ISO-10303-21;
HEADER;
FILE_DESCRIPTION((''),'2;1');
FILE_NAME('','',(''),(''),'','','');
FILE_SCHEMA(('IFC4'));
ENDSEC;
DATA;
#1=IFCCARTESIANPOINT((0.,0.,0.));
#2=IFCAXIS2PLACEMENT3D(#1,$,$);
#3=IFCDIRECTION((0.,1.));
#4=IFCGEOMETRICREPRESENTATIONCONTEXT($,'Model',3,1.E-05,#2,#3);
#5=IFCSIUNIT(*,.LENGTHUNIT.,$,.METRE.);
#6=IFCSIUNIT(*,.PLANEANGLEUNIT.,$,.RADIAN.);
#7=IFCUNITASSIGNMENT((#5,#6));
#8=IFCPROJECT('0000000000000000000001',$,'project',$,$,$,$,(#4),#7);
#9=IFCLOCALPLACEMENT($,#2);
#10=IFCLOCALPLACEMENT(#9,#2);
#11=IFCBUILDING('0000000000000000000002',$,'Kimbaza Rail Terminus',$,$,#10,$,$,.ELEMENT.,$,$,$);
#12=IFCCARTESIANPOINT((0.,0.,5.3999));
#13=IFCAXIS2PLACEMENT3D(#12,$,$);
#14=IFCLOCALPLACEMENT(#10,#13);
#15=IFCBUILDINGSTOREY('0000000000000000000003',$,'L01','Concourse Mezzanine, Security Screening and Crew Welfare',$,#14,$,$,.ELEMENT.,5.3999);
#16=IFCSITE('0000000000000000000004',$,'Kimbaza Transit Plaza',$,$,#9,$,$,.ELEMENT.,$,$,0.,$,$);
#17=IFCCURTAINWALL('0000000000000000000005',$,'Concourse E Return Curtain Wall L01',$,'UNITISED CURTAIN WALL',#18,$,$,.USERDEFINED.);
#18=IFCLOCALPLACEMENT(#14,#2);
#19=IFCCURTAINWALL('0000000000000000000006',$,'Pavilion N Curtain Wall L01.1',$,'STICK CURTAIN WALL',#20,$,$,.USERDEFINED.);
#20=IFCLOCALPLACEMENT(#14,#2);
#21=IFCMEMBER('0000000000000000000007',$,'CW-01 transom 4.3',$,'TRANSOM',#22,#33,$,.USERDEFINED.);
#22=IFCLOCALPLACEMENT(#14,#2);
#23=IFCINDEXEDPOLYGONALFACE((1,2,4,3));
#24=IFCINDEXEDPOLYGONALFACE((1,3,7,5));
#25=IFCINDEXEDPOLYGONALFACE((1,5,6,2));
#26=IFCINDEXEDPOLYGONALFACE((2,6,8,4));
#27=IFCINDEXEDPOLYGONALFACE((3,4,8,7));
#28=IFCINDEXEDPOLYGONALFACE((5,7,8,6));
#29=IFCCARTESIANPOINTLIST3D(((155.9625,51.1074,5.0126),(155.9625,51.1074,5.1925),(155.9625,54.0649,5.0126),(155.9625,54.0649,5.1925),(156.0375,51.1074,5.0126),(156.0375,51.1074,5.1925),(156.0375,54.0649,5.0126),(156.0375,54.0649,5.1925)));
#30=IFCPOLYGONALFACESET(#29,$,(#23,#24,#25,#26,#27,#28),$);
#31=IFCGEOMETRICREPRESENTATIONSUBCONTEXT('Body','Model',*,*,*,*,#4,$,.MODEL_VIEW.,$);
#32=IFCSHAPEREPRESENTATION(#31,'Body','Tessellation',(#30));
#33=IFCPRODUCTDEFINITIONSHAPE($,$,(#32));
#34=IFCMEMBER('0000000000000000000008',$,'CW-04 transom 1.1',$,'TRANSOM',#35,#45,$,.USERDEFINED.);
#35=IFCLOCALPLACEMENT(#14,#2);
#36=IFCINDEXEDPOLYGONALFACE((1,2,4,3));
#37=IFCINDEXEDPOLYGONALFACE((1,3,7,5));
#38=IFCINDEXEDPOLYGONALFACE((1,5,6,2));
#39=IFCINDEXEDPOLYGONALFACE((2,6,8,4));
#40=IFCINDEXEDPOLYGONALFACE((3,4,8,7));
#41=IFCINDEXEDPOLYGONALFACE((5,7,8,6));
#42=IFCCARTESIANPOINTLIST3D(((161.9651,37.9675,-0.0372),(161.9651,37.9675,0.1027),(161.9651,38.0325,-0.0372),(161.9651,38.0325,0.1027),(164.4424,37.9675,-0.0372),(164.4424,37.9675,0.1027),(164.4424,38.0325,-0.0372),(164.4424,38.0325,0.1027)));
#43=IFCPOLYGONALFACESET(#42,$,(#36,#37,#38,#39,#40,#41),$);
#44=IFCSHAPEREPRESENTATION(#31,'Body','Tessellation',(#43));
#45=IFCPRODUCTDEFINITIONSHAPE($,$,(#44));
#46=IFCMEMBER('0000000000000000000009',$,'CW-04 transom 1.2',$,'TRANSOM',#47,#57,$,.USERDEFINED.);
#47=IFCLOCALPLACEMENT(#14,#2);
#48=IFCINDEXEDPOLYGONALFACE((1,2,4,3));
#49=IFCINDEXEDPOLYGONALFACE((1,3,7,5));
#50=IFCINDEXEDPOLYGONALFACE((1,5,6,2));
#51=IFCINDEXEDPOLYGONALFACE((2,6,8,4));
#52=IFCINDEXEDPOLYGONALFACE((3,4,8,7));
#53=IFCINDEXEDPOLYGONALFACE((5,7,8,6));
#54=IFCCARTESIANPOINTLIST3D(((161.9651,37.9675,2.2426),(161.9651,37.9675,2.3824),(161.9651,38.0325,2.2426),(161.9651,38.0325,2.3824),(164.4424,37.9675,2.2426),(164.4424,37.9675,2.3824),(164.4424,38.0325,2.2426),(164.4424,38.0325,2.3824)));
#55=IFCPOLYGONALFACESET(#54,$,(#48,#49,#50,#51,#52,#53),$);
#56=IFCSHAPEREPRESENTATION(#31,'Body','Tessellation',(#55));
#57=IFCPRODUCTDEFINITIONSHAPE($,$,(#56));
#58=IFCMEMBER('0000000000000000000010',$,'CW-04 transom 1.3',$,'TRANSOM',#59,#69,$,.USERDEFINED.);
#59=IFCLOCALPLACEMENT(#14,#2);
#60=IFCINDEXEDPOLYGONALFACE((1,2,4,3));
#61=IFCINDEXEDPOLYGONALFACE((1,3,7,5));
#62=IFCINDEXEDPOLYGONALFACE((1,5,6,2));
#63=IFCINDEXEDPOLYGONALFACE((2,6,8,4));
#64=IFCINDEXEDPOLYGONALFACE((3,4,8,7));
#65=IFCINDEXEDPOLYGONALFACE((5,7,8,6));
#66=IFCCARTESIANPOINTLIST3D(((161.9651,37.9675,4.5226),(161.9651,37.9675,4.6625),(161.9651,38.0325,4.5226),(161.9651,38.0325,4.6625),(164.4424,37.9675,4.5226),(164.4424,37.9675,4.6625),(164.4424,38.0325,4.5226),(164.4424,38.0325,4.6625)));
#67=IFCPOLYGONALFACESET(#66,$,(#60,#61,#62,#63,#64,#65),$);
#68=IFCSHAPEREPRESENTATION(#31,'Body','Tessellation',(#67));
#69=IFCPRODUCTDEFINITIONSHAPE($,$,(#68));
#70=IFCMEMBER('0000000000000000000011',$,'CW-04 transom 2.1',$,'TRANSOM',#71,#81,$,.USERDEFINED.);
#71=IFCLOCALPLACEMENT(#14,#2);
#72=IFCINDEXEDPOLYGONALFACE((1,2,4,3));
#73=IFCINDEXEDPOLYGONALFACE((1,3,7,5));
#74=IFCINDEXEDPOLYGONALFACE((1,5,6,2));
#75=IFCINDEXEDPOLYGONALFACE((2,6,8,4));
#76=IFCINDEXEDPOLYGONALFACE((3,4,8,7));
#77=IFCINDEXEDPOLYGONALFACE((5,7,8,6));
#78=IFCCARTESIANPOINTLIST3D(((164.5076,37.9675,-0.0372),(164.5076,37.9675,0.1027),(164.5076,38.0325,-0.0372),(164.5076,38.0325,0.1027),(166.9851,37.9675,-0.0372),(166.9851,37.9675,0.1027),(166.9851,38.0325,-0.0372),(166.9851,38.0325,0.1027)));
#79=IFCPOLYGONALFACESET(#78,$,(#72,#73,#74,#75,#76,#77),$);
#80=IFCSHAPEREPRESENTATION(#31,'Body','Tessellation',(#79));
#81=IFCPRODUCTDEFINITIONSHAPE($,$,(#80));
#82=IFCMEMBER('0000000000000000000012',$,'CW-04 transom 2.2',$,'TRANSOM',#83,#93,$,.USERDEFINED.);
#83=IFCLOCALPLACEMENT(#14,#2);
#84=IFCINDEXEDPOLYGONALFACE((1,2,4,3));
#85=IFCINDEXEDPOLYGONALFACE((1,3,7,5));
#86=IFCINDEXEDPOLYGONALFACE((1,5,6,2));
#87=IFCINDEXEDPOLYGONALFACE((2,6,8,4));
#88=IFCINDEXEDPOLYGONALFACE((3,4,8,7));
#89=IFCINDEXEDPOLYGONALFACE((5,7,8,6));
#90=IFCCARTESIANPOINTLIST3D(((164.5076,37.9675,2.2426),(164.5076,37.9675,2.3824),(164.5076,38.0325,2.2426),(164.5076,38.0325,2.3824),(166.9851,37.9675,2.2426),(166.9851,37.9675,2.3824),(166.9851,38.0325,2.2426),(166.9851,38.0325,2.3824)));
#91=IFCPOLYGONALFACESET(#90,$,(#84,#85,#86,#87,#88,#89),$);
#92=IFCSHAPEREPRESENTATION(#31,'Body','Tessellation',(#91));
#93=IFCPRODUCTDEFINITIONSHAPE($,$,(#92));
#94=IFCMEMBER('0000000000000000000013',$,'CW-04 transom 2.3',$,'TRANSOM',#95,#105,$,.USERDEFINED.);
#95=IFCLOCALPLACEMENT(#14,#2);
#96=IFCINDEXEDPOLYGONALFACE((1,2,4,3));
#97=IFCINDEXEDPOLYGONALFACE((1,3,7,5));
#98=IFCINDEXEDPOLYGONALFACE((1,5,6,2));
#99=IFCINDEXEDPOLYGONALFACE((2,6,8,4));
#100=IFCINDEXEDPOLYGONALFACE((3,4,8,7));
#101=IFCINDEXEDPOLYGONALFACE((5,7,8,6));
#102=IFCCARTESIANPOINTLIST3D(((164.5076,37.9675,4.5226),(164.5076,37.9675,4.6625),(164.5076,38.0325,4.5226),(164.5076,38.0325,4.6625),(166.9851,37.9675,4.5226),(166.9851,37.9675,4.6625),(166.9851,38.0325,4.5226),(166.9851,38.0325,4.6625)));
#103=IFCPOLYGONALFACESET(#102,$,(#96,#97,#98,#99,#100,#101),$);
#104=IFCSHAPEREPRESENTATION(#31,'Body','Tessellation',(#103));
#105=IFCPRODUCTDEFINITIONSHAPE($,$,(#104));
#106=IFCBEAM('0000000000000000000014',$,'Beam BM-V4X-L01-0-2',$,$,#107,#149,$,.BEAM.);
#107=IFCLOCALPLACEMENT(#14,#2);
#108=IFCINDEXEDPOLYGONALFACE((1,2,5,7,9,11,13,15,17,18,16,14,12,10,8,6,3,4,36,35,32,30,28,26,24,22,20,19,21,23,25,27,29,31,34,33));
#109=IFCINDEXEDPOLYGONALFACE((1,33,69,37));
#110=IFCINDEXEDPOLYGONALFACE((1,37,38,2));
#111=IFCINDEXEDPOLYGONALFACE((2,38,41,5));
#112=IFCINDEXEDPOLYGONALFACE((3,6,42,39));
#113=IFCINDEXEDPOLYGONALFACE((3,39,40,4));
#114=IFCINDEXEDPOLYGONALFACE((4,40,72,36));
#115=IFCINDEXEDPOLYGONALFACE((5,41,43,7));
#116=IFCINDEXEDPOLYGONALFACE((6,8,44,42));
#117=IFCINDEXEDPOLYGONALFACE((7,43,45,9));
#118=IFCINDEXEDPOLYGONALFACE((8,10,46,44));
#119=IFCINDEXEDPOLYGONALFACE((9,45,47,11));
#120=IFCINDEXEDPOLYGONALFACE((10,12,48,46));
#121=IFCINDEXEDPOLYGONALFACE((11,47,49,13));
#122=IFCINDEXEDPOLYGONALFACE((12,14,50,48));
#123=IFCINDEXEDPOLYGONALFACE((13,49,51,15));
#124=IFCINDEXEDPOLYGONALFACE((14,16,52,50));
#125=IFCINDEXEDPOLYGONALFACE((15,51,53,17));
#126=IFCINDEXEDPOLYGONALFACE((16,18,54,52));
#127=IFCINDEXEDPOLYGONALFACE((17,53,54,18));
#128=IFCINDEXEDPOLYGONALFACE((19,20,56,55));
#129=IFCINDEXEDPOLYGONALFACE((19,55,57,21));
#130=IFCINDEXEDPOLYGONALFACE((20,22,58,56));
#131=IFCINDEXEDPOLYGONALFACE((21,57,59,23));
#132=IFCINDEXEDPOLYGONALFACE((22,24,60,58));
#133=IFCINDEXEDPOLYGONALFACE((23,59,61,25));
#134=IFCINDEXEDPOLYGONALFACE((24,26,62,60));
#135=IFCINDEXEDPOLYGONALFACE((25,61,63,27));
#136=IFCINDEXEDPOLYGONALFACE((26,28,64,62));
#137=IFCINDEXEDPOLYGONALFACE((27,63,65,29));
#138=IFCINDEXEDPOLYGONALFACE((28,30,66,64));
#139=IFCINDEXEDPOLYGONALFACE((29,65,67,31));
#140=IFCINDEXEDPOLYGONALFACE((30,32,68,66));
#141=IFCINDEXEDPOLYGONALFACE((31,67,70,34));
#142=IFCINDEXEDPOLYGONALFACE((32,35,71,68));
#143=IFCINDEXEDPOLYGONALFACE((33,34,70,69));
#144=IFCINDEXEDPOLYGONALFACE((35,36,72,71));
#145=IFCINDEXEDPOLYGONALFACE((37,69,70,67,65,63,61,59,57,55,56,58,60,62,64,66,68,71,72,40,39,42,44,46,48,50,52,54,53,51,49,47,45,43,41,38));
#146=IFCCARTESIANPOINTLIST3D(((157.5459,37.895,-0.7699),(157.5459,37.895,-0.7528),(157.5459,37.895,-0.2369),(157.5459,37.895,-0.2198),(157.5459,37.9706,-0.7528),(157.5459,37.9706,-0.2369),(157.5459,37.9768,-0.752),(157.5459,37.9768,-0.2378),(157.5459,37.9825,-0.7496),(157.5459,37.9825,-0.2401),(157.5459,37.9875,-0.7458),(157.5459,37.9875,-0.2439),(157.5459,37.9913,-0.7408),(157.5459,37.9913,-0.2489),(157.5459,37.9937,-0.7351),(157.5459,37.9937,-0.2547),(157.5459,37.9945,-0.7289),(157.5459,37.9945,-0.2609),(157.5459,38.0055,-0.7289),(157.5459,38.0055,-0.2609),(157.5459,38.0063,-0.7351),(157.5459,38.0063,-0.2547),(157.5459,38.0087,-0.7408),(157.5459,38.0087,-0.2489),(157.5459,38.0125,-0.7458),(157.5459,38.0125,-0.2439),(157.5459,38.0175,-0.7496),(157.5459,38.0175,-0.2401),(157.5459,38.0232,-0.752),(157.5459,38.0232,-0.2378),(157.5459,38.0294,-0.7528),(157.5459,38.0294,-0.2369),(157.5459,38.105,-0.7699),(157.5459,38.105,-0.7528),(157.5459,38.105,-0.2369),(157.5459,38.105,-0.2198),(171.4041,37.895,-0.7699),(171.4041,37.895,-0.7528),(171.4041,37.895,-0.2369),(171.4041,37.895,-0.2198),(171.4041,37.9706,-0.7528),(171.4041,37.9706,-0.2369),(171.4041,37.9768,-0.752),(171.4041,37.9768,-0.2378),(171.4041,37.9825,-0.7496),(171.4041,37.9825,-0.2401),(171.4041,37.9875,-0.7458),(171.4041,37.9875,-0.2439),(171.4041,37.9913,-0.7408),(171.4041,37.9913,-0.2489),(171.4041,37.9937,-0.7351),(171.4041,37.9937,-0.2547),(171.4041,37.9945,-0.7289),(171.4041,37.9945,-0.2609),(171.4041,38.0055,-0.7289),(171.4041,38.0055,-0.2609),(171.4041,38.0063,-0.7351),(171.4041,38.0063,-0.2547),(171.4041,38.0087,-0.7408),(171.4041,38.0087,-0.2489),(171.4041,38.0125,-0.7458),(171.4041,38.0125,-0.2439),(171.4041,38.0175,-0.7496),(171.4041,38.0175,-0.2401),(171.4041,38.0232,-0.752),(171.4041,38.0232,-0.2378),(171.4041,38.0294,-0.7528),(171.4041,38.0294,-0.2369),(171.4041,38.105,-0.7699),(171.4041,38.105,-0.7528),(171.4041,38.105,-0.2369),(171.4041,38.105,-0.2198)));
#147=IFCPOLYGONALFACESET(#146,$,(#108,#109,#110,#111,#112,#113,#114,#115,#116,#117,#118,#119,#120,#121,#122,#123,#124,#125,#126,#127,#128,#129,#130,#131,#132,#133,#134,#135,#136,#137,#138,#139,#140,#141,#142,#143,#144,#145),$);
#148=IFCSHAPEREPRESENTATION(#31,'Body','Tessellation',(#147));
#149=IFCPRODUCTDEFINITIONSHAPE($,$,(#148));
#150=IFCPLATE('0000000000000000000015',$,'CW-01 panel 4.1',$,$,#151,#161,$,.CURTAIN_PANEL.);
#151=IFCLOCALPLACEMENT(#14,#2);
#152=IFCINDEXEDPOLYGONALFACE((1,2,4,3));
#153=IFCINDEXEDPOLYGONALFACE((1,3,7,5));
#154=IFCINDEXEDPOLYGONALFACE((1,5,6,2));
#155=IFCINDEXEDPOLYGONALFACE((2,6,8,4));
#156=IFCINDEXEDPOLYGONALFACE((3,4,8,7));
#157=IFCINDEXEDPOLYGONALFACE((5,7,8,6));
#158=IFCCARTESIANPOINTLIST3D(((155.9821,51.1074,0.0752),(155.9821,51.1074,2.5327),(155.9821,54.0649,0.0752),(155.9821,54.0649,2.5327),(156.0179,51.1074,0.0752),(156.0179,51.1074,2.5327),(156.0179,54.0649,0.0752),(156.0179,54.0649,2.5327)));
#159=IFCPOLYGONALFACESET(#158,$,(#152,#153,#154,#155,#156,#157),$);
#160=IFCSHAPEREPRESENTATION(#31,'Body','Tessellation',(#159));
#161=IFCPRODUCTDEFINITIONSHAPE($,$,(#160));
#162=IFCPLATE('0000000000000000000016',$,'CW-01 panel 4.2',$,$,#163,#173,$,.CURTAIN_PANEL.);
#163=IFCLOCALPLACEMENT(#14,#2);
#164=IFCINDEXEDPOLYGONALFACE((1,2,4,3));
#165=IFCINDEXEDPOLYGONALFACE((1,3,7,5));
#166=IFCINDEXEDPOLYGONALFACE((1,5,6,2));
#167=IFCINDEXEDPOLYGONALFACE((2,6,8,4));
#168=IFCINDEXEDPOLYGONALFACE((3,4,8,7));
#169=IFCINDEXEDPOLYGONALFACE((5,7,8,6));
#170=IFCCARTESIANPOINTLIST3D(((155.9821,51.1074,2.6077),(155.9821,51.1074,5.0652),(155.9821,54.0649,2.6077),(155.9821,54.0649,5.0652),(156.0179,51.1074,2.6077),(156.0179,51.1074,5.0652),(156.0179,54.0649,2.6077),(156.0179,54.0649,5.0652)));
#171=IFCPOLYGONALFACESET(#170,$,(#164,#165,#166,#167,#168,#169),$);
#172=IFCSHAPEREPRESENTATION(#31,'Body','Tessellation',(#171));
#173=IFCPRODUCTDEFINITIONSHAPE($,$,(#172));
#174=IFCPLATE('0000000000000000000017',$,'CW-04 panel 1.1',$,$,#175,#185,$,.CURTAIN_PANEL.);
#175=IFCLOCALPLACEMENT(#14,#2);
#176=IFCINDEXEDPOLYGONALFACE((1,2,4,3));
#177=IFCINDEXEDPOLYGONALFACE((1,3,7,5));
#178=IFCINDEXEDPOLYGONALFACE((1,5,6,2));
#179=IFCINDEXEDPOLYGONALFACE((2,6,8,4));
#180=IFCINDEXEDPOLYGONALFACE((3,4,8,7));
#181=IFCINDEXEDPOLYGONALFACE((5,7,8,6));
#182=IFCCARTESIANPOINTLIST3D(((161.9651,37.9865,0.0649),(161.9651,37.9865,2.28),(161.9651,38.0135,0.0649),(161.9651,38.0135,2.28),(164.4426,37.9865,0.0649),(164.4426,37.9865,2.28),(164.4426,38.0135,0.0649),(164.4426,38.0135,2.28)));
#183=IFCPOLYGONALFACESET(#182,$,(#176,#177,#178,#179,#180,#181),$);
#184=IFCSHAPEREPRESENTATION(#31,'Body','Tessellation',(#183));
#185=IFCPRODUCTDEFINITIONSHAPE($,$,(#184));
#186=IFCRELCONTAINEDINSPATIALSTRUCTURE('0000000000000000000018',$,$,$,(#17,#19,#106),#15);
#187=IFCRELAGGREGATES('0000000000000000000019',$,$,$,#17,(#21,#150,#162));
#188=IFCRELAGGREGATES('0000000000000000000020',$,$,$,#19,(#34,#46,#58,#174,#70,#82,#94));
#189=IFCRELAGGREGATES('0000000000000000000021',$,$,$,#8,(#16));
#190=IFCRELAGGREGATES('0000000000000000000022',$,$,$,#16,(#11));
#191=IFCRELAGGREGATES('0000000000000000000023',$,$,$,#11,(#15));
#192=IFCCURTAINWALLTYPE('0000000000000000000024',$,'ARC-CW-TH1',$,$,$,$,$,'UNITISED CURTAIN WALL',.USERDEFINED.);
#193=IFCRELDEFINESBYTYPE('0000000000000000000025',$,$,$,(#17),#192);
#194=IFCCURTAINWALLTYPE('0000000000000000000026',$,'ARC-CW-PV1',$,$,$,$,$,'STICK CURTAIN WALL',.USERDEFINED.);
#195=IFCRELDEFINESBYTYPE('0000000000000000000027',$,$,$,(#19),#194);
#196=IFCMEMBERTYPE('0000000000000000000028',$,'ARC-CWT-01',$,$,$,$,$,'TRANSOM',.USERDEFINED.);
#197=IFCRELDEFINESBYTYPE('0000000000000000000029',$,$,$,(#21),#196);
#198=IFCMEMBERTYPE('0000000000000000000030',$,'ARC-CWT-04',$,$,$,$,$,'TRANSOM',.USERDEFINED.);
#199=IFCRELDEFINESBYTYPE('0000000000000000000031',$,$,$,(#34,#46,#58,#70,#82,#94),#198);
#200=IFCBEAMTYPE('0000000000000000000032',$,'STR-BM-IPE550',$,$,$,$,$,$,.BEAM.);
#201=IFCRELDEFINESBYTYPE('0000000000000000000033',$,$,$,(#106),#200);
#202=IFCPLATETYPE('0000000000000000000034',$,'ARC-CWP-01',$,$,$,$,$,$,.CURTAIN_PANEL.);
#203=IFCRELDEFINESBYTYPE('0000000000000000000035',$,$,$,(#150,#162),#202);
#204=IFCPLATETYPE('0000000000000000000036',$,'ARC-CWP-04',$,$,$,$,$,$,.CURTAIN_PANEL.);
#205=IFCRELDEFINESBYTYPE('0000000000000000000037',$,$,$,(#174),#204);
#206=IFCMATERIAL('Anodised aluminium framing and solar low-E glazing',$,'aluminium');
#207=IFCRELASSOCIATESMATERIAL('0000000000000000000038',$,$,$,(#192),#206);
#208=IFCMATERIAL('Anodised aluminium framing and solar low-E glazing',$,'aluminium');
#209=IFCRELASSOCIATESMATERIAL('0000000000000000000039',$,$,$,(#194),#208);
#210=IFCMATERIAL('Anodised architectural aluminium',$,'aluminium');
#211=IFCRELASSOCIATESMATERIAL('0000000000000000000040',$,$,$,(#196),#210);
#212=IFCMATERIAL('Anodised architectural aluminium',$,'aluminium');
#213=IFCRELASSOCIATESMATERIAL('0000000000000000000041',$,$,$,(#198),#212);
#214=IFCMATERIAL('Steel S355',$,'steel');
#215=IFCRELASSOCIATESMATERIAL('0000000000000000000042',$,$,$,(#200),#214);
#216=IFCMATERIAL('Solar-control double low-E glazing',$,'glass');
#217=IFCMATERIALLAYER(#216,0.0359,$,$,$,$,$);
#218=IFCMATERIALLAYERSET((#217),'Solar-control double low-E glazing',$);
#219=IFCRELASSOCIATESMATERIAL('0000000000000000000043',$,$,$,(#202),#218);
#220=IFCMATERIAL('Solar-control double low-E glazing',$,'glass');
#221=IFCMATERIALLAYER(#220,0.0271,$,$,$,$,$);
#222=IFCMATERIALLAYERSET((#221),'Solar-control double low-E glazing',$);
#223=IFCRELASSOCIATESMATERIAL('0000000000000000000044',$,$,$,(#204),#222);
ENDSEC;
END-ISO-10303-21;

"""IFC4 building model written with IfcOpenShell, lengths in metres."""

from ifc_helpers import new_model, si_unit, direction, frame, origin, origin_2d, place, context, subcontext, project, spatial, rectangle, i_section, extrude, material, layer, layer_set, material_profile, profile_set, type_object, element, aggregate, save


model = new_model("IFC4")

# Units and contexts
model_context = context("Model", 3, precision=1e-05, world=origin(), true_north=direction((0.0, 1.0)))
body_context = subcontext(model_context, "Body", "Model", "MODEL_VIEW")
ifc_project = project(units=[si_unit("LENGTHUNIT", "METRE"), si_unit("PLANEANGLEUNIT", "RADIAN")], contexts=[model_context])

# Site, building, storey
site_placement = place(None, origin())
site = spatial("IfcSite", under=ifc_project, at=site_placement, Name="Kimbaza Transit Plaza", CompositionType="ELEMENT", RefElevation=0.0)
building_placement = place(site_placement, origin())
building = spatial("IfcBuilding", under=site, at=building_placement, Name="Kimbaza Rail Terminus", CompositionType="ELEMENT")
storey_placement = place(building_placement, frame((0.0, 0.0, 5.3999)))
storey = spatial("IfcBuildingStorey", under=building, at=storey_placement, Name="L01", Description="Concourse Mezzanine, Security Screening and Crew Welfare", CompositionType="ELEMENT", Elevation=5.3999)

# Curtain wall
ifc_material_1 = material(Name="Anodised aluminium framing and solar low-E glazing", Category="aluminium")
curtain_wall_type_1 = type_object("IfcCurtainWallType", Name="ARC-CW-TH1", ElementType="UNITISED CURTAIN WALL", PredefinedType="USERDEFINED", material=ifc_material_1)
curtain_wall_1_placement = place(storey_placement, origin())
curtain_wall_1 = element("IfcCurtainWall", 1, at=curtain_wall_1_placement, inside=storey, type_object=curtain_wall_type_1, Name="Concourse E Return Curtain Wall L01", ObjectType="UNITISED CURTAIN WALL", PredefinedType="USERDEFINED")

# Curtain wall
ifc_material_2 = material(Name="Anodised aluminium framing and solar low-E glazing", Category="aluminium")
curtain_wall_type_2 = type_object("IfcCurtainWallType", Name="ARC-CW-PV1", ElementType="STICK CURTAIN WALL", PredefinedType="USERDEFINED", material=ifc_material_2)
curtain_wall_2_placement = place(storey_placement, origin())
curtain_wall_2 = element("IfcCurtainWall", 2, at=curtain_wall_2_placement, inside=storey, type_object=curtain_wall_type_2, Name="Pavilion N Curtain Wall L01.1", ObjectType="STICK CURTAIN WALL", PredefinedType="USERDEFINED")

# Members
ifc_material_3 = material(Name="Anodised architectural aluminium", Category="aluminium")
ifc_material_profile_1 = material_profile(ifc_material_3, rectangle(XDim=0.075, YDim=0.1799, at=origin_2d()), Name="TRANSOM 75x180")
ifc_profile_set_1 = profile_set([ifc_material_profile_1], Name="Anodised architectural aluminium")
member_type_1 = type_object("IfcMemberType", Name="ARC-CWT-01", ElementType="TRANSOM", PredefinedType="USERDEFINED", material=ifc_profile_set_1)
member_1_placement = place(storey_placement, frame((156.0, 51.1074, 5.1025), z_axis=(0.0, 1.0, 0.0), x_axis=(-1.0, 0.0, 0.0)))
member_1 = element("IfcMember", 3, at=member_1_placement, type_object=member_type_1, Name="CW-01 transom 4.3", ObjectType="TRANSOM", PredefinedType="USERDEFINED", context=body_context, shape_type="SweptSolid", body=[
    extrude(rectangle(XDim=0.075, YDim=0.1799, at=origin_2d()), origin(), (0.0, 0.0, 1.0), 2.9575),
])
ifc_material_4 = material(Name="Anodised architectural aluminium", Category="aluminium")
ifc_material_profile_2 = material_profile(ifc_material_4, rectangle(XDim=0.0649, YDim=0.1399, at=origin_2d()), Name="TRANSOM 65x140")
ifc_profile_set_2 = profile_set([ifc_material_profile_2], Name="Anodised architectural aluminium")
member_type_2 = type_object("IfcMemberType", Name="ARC-CWT-04", ElementType="TRANSOM", PredefinedType="USERDEFINED", material=ifc_profile_set_2)
member_2_placement = place(storey_placement, frame((161.9651, 38.0, 0.0327), z_axis=(1.0, 0.0, 0.0), x_axis=(0.0, 1.0, 0.0)))
member_2 = element("IfcMember", 4, at=member_2_placement, type_object=member_type_2, Name="CW-04 transom 1.1", ObjectType="TRANSOM", PredefinedType="USERDEFINED", context=body_context, shape_type="SweptSolid", body=[
    extrude(rectangle(XDim=0.0649, YDim=0.1399, at=origin_2d()), origin(), (0.0, 0.0, 1.0), 2.4773),
])
member_3_placement = place(storey_placement, frame((161.9651, 38.0, 2.3125), z_axis=(1.0, 0.0, 0.0), x_axis=(0.0, 1.0, 0.0)))
member_3 = element("IfcMember", 5, at=member_3_placement, type_object=member_type_2, Name="CW-04 transom 1.2", ObjectType="TRANSOM", PredefinedType="USERDEFINED", context=body_context, shape_type="SweptSolid", body=[
    extrude(rectangle(XDim=0.0649, YDim=0.1399, at=origin_2d()), origin(), (0.0, 0.0, 1.0), 2.4773),
])
member_4_placement = place(storey_placement, frame((161.9651, 38.0, 4.5925), z_axis=(1.0, 0.0, 0.0), x_axis=(0.0, 1.0, 0.0)))
member_4 = element("IfcMember", 6, at=member_4_placement, type_object=member_type_2, Name="CW-04 transom 1.3", ObjectType="TRANSOM", PredefinedType="USERDEFINED", context=body_context, shape_type="SweptSolid", body=[
    extrude(rectangle(XDim=0.0649, YDim=0.1399, at=origin_2d()), origin(), (0.0, 0.0, 1.0), 2.4773),
])
member_5_placement = place(storey_placement, frame((164.5076, 38.0, 0.0327), z_axis=(1.0, 0.0, 0.0), x_axis=(0.0, 1.0, 0.0)))
member_5 = element("IfcMember", 7, at=member_5_placement, type_object=member_type_2, Name="CW-04 transom 2.1", ObjectType="TRANSOM", PredefinedType="USERDEFINED", context=body_context, shape_type="SweptSolid", body=[
    extrude(rectangle(XDim=0.0649, YDim=0.1399, at=origin_2d()), origin(), (0.0, 0.0, 1.0), 2.4775),
])
member_6_placement = place(storey_placement, frame((164.5076, 38.0, 2.3125), z_axis=(1.0, 0.0, 0.0), x_axis=(0.0, 1.0, 0.0)))
member_6 = element("IfcMember", 8, at=member_6_placement, type_object=member_type_2, Name="CW-04 transom 2.2", ObjectType="TRANSOM", PredefinedType="USERDEFINED", context=body_context, shape_type="SweptSolid", body=[
    extrude(rectangle(XDim=0.0649, YDim=0.1399, at=origin_2d()), origin(), (0.0, 0.0, 1.0), 2.4775),
])
member_7_placement = place(storey_placement, frame((164.5076, 38.0, 4.5925), z_axis=(1.0, 0.0, 0.0), x_axis=(0.0, 1.0, 0.0)))
member_7 = element("IfcMember", 9, at=member_7_placement, type_object=member_type_2, Name="CW-04 transom 2.3", ObjectType="TRANSOM", PredefinedType="USERDEFINED", context=body_context, shape_type="SweptSolid", body=[
    extrude(rectangle(XDim=0.0649, YDim=0.1399, at=origin_2d()), origin(), (0.0, 0.0, 1.0), 2.4775),
])

# Beam
ifc_material_5 = material(Name="Steel S355", Category="steel")
ifc_material_profile_3 = material_profile(ifc_material_5, i_section(OverallWidth=0.21, OverallDepth=0.55, WebThickness=0.011, FlangeThickness=0.0171, FilletRadius=0.0239, at=origin_2d()), Name="IPE 550")
ifc_profile_set_3 = profile_set([ifc_material_profile_3], Name="Steel S355")
beam_type = type_object("IfcBeamType", Name="STR-BM-IPE550", PredefinedType="BEAM", material=ifc_profile_set_3)
beam_placement = place(storey_placement, frame((157.5459, 38.0, -0.4949), z_axis=(1.0, 0.0, 0.0), x_axis=(0.0, 1.0, 0.0)))
element("IfcBeam", 10, at=beam_placement, inside=storey, type_object=beam_type, Name="Beam BM-V4X-L01-0-2", PredefinedType="BEAM", context=body_context, shape_type="SweptSolid", body=[
    extrude(i_section(OverallWidth=0.21, OverallDepth=0.55, WebThickness=0.011, FlangeThickness=0.0171, FilletRadius=0.0239, at=origin_2d()), origin(), (0.0, 0.0, 1.0), 13.8582),
])

# Plates
ifc_material_6 = material(Name="Solar-control double low-E glazing", Category="glass")
ifc_layer_1 = layer(ifc_material_6, 0.0359)
ifc_layer_set_1 = layer_set([ifc_layer_1], Name="Solar-control double low-E glazing")
plate_type_1 = type_object("IfcPlateType", Name="ARC-CWP-01", PredefinedType="CURTAIN_PANEL", material=ifc_layer_set_1)
plate_1_placement = place(storey_placement, frame((156.0, 52.5862, 0.0752), z_axis=(0.0, 0.0, 1.0), x_axis=(0.0, 1.0, 0.0)))
plate_1 = element("IfcPlate", 11, at=plate_1_placement, type_object=plate_type_1, Name="CW-01 panel 4.1", PredefinedType="CURTAIN_PANEL", context=body_context, shape_type="SweptSolid", body=[
    extrude(rectangle(XDim=2.9575, YDim=0.0359, at=origin_2d()), origin(), (0.0, 0.0, 1.0), 2.4575),
])
plate_2_placement = place(storey_placement, frame((156.0, 52.5862, 2.6077), z_axis=(0.0, 0.0, 1.0), x_axis=(0.0, 1.0, 0.0)))
plate_2 = element("IfcPlate", 12, at=plate_2_placement, type_object=plate_type_1, Name="CW-01 panel 4.2", PredefinedType="CURTAIN_PANEL", context=body_context, shape_type="SweptSolid", body=[
    extrude(rectangle(XDim=2.9575, YDim=0.0359, at=origin_2d()), origin(), (0.0, 0.0, 1.0), 2.4575),
])
aggregate(curtain_wall_1, [member_1, plate_1, plate_2])
ifc_material_7 = material(Name="Solar-control double low-E glazing", Category="glass")
ifc_layer_2 = layer(ifc_material_7, 0.0271)
ifc_layer_set_2 = layer_set([ifc_layer_2], Name="Solar-control double low-E glazing")
plate_type_2 = type_object("IfcPlateType", Name="ARC-CWP-04", PredefinedType="CURTAIN_PANEL", material=ifc_layer_set_2)
plate_3_placement = place(storey_placement, frame((163.2039, 38.0, 0.0649), z_axis=(0.0, 0.0, 1.0), x_axis=(1.0, 0.0, 0.0)))
plate_3 = element("IfcPlate", 13, at=plate_3_placement, type_object=plate_type_2, Name="CW-04 panel 1.1", PredefinedType="CURTAIN_PANEL", context=body_context, shape_type="SweptSolid", body=[
    extrude(rectangle(XDim=2.4775, YDim=0.0271, at=origin_2d()), origin(), (0.0, 0.0, 1.0), 2.2151),
])
aggregate(curtain_wall_2, [member_2, member_3, member_4, plate_3, member_5, member_6, member_7])

save(model, "model.ifc")
